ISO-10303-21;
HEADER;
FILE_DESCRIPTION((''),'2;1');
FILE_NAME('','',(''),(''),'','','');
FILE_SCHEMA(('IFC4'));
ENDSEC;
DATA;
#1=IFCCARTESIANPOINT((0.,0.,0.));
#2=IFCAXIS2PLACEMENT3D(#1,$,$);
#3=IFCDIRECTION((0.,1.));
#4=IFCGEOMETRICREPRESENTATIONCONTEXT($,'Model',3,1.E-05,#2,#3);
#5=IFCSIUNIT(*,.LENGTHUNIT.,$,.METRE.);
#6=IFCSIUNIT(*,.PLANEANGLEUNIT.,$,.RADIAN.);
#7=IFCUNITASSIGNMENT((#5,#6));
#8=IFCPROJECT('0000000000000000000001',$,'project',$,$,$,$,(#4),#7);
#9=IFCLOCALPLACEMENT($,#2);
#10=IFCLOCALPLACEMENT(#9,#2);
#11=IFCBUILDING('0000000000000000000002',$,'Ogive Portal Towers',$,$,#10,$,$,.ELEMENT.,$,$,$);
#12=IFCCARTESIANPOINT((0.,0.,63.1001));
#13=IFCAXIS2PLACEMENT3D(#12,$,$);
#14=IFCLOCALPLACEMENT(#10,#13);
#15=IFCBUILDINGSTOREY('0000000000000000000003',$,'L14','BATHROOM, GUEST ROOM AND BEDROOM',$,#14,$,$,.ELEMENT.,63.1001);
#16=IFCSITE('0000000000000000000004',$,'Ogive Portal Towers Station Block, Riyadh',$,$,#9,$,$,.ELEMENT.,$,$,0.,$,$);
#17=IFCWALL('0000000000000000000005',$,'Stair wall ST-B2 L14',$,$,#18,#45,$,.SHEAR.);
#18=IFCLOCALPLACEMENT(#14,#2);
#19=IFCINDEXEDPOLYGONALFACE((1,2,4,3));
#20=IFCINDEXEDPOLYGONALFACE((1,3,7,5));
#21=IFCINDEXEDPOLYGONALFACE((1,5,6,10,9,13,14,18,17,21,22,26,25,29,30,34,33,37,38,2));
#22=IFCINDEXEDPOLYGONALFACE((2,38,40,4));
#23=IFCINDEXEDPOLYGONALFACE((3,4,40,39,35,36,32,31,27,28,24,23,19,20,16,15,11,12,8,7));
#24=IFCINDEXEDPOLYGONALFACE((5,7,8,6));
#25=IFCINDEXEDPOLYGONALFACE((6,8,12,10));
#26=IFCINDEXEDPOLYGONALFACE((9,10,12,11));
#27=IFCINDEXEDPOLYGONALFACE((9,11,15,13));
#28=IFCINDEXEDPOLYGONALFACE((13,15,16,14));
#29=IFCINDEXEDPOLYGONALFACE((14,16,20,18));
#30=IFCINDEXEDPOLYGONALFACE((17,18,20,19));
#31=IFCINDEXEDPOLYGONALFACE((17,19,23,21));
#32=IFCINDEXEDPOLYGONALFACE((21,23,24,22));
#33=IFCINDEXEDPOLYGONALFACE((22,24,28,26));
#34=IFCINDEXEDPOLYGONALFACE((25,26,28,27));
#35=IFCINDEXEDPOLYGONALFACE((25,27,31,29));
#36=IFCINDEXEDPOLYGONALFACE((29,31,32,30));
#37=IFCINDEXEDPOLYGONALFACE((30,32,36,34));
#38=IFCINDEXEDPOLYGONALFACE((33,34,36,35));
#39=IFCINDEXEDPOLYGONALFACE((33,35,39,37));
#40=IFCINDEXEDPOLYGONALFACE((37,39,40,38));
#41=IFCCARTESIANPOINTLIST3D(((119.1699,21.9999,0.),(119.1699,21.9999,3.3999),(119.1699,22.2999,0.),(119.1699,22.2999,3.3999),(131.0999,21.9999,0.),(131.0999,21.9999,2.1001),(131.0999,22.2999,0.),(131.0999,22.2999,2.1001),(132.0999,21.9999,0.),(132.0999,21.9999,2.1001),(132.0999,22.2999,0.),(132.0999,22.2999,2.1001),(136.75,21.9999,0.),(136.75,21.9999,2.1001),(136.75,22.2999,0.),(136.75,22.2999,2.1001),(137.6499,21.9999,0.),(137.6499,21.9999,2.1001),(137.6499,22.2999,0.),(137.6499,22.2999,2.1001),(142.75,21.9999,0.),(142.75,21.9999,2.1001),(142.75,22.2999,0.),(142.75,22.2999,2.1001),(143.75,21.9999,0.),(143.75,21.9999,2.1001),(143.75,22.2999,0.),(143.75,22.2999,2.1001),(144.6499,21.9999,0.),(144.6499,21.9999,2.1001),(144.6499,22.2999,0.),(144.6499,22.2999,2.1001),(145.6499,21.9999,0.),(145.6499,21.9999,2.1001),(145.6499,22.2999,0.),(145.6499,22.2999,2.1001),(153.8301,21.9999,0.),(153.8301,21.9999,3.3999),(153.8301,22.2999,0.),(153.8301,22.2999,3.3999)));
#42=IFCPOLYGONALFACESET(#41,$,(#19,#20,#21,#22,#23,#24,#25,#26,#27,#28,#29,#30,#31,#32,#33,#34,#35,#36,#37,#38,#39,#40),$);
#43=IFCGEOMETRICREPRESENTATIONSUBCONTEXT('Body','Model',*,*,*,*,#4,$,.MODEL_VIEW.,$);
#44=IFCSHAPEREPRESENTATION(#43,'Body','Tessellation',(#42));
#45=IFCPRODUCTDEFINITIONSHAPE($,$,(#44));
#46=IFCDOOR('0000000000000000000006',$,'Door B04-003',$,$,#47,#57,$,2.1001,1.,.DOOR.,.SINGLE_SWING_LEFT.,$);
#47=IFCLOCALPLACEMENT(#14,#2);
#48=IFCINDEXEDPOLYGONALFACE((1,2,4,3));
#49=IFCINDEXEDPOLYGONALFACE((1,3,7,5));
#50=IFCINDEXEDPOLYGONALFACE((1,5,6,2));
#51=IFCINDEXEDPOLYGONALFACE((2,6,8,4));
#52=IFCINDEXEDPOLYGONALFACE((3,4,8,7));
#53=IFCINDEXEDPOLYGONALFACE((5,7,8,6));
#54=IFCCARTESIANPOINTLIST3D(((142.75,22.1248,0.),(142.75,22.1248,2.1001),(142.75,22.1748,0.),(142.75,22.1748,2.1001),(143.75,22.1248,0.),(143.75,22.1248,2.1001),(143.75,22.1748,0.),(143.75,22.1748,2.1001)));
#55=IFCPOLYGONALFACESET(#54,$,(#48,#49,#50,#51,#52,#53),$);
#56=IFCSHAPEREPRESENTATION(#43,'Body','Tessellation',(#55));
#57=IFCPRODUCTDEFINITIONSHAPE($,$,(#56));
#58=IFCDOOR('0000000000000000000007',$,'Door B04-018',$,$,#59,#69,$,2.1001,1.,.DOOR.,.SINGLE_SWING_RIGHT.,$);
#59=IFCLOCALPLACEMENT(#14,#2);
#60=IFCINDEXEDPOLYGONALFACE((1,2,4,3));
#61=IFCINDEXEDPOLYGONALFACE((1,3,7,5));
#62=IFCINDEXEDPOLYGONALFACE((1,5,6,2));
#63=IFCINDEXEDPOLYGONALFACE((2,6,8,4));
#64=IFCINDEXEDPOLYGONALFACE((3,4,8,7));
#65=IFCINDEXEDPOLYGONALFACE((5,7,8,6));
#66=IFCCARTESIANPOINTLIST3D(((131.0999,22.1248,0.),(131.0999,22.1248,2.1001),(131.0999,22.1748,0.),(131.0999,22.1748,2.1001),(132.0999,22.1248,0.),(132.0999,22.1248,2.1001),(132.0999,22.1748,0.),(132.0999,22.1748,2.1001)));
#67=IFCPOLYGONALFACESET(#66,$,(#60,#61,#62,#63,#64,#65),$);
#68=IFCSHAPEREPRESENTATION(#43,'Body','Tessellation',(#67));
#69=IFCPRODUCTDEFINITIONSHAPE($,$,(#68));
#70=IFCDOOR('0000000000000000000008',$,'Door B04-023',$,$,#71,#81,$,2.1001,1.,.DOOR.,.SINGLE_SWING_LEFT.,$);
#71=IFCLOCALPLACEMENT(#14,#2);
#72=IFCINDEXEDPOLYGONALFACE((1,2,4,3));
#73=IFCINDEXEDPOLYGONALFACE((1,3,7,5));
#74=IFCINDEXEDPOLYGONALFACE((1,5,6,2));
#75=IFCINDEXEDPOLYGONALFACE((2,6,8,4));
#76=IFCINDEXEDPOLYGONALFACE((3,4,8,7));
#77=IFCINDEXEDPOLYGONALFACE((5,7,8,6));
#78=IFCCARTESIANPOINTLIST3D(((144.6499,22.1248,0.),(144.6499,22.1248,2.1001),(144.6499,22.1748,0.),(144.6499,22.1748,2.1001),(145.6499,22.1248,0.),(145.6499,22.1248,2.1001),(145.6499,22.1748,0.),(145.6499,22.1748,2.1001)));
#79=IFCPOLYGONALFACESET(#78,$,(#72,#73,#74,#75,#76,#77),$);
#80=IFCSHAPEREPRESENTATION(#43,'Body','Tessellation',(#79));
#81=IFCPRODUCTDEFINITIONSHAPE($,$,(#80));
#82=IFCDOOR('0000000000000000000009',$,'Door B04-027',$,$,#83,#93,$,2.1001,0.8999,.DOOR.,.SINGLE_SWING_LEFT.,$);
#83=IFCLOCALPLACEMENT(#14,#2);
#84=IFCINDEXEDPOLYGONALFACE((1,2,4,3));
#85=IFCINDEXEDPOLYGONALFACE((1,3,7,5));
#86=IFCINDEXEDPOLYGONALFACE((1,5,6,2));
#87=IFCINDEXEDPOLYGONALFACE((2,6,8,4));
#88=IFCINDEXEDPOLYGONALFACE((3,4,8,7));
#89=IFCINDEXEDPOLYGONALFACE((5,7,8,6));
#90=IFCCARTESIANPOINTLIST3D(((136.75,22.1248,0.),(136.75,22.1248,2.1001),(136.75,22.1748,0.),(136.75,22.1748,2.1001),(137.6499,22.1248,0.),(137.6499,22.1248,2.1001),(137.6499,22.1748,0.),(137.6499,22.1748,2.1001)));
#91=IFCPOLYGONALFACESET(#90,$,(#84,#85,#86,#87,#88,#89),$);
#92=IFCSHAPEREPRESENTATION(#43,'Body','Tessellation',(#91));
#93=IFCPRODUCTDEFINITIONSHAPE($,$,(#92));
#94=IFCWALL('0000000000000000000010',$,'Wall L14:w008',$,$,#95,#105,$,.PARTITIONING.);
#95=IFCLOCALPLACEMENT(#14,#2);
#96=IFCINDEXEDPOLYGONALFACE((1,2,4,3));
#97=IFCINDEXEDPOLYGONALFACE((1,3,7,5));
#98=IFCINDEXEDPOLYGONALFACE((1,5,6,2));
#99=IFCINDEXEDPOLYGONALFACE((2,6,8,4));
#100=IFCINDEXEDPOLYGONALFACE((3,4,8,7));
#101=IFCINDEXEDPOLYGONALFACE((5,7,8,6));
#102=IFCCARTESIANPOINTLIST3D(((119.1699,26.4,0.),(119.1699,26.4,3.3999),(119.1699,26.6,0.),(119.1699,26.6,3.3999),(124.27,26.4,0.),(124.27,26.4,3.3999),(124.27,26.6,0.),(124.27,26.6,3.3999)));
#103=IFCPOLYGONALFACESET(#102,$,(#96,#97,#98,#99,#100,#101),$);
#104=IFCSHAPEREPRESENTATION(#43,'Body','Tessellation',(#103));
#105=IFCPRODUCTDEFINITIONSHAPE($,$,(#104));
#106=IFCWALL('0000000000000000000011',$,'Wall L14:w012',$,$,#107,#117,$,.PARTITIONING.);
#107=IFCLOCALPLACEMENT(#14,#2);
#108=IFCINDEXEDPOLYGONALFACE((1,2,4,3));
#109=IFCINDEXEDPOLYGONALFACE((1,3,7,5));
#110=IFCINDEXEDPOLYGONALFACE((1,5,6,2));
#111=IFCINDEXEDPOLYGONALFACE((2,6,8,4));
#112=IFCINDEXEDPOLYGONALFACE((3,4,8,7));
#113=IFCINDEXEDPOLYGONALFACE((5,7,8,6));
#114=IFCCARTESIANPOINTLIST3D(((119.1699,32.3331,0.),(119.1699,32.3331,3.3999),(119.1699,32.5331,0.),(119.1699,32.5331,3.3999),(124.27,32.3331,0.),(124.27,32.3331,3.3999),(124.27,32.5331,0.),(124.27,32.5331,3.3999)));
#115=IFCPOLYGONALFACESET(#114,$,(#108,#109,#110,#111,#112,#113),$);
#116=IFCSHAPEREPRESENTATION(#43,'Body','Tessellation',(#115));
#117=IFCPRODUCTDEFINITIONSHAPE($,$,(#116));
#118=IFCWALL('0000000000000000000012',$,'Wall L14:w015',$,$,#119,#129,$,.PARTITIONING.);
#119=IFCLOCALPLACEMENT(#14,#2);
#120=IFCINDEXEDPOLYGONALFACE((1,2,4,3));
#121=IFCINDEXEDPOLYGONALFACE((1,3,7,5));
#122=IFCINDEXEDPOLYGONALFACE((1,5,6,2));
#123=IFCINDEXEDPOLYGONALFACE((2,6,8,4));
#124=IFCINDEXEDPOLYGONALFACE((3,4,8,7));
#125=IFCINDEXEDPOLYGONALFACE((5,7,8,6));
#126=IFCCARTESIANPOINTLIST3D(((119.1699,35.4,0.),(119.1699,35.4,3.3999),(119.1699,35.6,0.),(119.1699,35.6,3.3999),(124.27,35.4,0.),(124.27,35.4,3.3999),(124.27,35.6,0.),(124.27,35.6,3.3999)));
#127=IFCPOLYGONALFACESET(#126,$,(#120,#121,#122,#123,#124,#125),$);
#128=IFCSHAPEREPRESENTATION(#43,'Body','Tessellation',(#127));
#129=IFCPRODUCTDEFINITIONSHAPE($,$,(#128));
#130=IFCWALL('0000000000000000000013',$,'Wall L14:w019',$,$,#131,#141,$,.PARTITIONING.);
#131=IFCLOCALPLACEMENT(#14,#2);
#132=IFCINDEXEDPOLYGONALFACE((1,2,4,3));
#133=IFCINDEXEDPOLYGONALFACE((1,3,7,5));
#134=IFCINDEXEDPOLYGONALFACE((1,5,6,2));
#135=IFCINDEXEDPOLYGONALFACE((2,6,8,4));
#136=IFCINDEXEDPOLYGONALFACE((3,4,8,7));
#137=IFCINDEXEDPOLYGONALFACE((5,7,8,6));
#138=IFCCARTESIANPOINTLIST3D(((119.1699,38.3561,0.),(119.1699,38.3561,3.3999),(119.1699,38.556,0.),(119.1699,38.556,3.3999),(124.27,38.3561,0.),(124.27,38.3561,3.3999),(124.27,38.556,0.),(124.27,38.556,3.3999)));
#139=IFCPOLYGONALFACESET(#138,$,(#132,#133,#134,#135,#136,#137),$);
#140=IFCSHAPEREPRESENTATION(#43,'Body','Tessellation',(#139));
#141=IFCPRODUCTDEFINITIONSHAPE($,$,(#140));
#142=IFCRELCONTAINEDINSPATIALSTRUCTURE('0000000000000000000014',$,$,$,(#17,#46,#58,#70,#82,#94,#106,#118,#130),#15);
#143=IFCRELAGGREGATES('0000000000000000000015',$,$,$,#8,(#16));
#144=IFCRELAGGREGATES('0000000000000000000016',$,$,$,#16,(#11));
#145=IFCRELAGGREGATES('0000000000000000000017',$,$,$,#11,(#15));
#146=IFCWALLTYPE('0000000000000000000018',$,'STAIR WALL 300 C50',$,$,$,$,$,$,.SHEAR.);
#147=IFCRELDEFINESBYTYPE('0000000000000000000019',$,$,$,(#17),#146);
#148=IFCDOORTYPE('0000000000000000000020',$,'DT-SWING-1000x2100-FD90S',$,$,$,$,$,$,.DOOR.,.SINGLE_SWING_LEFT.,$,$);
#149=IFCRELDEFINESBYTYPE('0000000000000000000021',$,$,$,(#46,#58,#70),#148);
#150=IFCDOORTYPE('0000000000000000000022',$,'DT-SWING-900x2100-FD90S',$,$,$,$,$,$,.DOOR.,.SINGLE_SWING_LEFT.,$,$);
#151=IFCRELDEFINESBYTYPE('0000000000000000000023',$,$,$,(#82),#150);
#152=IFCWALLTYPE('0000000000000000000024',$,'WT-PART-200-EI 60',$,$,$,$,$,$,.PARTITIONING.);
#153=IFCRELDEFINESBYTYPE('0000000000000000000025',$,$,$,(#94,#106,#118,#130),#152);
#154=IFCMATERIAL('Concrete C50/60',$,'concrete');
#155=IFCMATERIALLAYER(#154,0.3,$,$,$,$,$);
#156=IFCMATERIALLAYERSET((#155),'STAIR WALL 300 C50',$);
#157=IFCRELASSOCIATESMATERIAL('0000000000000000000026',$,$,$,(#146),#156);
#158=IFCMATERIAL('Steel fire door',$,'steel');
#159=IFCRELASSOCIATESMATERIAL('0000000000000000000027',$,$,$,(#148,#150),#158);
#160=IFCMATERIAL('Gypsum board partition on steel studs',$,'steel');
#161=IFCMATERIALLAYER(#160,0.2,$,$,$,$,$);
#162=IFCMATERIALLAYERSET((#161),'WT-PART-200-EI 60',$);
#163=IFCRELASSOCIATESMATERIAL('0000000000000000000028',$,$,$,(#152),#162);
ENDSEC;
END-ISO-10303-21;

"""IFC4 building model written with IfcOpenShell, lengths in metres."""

from ifc_helpers import new_model, si_unit, direction, frame, frame_2d, origin, place, context, subcontext, project, spatial, rectangle, extrude, material, layer, layer_set, type_object, element, fill, save


model = new_model("IFC4")

# Units and contexts
model_context = context("Model", 3, precision=1e-05, world=origin(), true_north=direction((0.0, 1.0)))
body_context = subcontext(model_context, "Body", "Model", "MODEL_VIEW")
ifc_project = project(units=[si_unit("LENGTHUNIT", "METRE"), si_unit("PLANEANGLEUNIT", "RADIAN")], contexts=[model_context])

# Site, building, storey
site_placement = place(None, origin())
site = spatial("IfcSite", under=ifc_project, at=site_placement, Name="Ogive Portal Towers Station Block, Riyadh", CompositionType="ELEMENT", RefElevation=0.0)
building_placement = place(site_placement, origin())
building = spatial("IfcBuilding", under=site, at=building_placement, Name="Ogive Portal Towers", CompositionType="ELEMENT")
storey_placement = place(building_placement, frame((0.0, 0.0, 63.1001)))
storey = spatial("IfcBuildingStorey", under=building, at=storey_placement, Name="L14", Description="BATHROOM, GUEST ROOM AND BEDROOM", CompositionType="ELEMENT", Elevation=63.1001)

# Wall, openings, doors
ifc_material_1 = material(Name="Concrete C50/60", Category="concrete")
ifc_layer_1 = layer(ifc_material_1, 0.3)
ifc_layer_set_1 = layer_set([ifc_layer_1], Name="STAIR WALL 300 C50")
wall_type_1 = type_object("IfcWallType", Name="STAIR WALL 300 C50", PredefinedType="SHEAR", material=ifc_layer_set_1)
wall_1_placement = place(storey_placement, frame((119.1699, 22.1499, 0.0), z_axis=(0.0, 0.0, 1.0), x_axis=(1.0, 0.0, 0.0)))
wall_1 = element("IfcWall", 1, at=wall_1_placement, inside=storey, type_object=wall_type_1, Name="Stair wall ST-B2 L14", PredefinedType="SHEAR", context=body_context, shape_type="SweptSolid", body=[
    extrude(rectangle(XDim=34.6602, YDim=0.3, at=frame_2d((17.3301, 0.0))), origin(), (0.0, 0.0, 1.0), 3.3999),
])
opening_1_placement = place(wall_1_placement, frame((23.5801, 0.0, 0.0)))
opening_1 = element("IfcOpeningElement", 2, at=opening_1_placement, cuts=wall_1, PredefinedType="OPENING", context=body_context, shape_type="SweptSolid", body=[
    extrude(rectangle(XDim=1.0, YDim=2.1001, at=frame_2d((0.5, 1.05))), frame((0.0, 0.1602, 0.0), z_axis=(0.0, -1.0, 0.0), x_axis=(1.0, 0.0, 0.0)), (0.0, 0.0, 1.0), 0.3201),
])
opening_2_placement = place(wall_1_placement, frame((11.9299, 0.0, 0.0)))
opening_2 = element("IfcOpeningElement", 3, at=opening_2_placement, cuts=wall_1, PredefinedType="OPENING", context=body_context, shape_type="SweptSolid", body=[
    extrude(rectangle(XDim=1.0, YDim=2.1001, at=frame_2d((0.5, 1.05))), frame((0.0, 0.1602, 0.0), z_axis=(0.0, -1.0, 0.0), x_axis=(1.0, 0.0, 0.0)), (0.0, 0.0, 1.0), 0.3201),
])
opening_3_placement = place(wall_1_placement, frame((25.48, 0.0, 0.0)))
opening_3 = element("IfcOpeningElement", 4, at=opening_3_placement, cuts=wall_1, PredefinedType="OPENING", context=body_context, shape_type="SweptSolid", body=[
    extrude(rectangle(XDim=1.0, YDim=2.1001, at=frame_2d((0.5, 1.05))), frame((0.0, 0.1602, 0.0), z_axis=(0.0, -1.0, 0.0), x_axis=(1.0, 0.0, 0.0)), (0.0, 0.0, 1.0), 0.3201),
])
opening_4_placement = place(wall_1_placement, frame((17.5801, 0.0, 0.0)))
opening_4 = element("IfcOpeningElement", 5, at=opening_4_placement, cuts=wall_1, PredefinedType="OPENING", context=body_context, shape_type="SweptSolid", body=[
    extrude(rectangle(XDim=0.8999, YDim=2.1001, at=frame_2d((0.45, 1.05))), frame((0.0, 0.1602, 0.0), z_axis=(0.0, -1.0, 0.0), x_axis=(1.0, 0.0, 0.0)), (0.0, 0.0, 1.0), 0.3201),
])
ifc_material_2 = material(Name="Steel fire door", Category="steel")
door_type_1 = type_object("IfcDoorType", Name="DT-SWING-1000x2100-FD90S", OperationType="SINGLE_SWING_LEFT", PredefinedType="DOOR", material=ifc_material_2)
door_1_placement = place(opening_1_placement, origin())
door_1 = element("IfcDoor", 6, at=door_1_placement, inside=storey, type_object=door_type_1, Name="Door B04-003", OperationType="SINGLE_SWING_LEFT", OverallHeight=2.1001, OverallWidth=1.0, PredefinedType="DOOR", context=body_context, shape_type="SweptSolid", body=[
    extrude(rectangle(XDim=1.0, YDim=2.1001, at=frame_2d((0.5, 1.05))), frame((0.0, 0.0249, 0.0), z_axis=(0.0, -1.0, 0.0), x_axis=(1.0, 0.0, 0.0)), (0.0, 0.0, 1.0), 0.05),
])
fill(opening_1, door_1)
door_2_placement = place(opening_2_placement, origin())
door_2 = element("IfcDoor", 7, at=door_2_placement, inside=storey, type_object=door_type_1, Name="Door B04-018", OperationType="SINGLE_SWING_RIGHT", OverallHeight=2.1001, OverallWidth=1.0, PredefinedType="DOOR", context=body_context, shape_type="SweptSolid", body=[
    extrude(rectangle(XDim=1.0, YDim=2.1001, at=frame_2d((0.5, 1.05))), frame((0.0, 0.0249, 0.0), z_axis=(0.0, -1.0, 0.0), x_axis=(1.0, 0.0, 0.0)), (0.0, 0.0, 1.0), 0.05),
])
fill(opening_2, door_2)
door_3_placement = place(opening_3_placement, origin())
door_3 = element("IfcDoor", 8, at=door_3_placement, inside=storey, type_object=door_type_1, Name="Door B04-023", OperationType="SINGLE_SWING_LEFT", OverallHeight=2.1001, OverallWidth=1.0, PredefinedType="DOOR", context=body_context, shape_type="SweptSolid", body=[
    extrude(rectangle(XDim=1.0, YDim=2.1001, at=frame_2d((0.5, 1.05))), frame((0.0, 0.0249, 0.0), z_axis=(0.0, -1.0, 0.0), x_axis=(1.0, 0.0, 0.0)), (0.0, 0.0, 1.0), 0.05),
])
fill(opening_3, door_3)
door_type_2 = type_object("IfcDoorType", Name="DT-SWING-900x2100-FD90S", OperationType="SINGLE_SWING_LEFT", PredefinedType="DOOR", material=ifc_material_2)
door_4_placement = place(opening_4_placement, origin())
door_4 = element("IfcDoor", 9, at=door_4_placement, inside=storey, type_object=door_type_2, Name="Door B04-027", OperationType="SINGLE_SWING_LEFT", OverallHeight=2.1001, OverallWidth=0.8999, PredefinedType="DOOR", context=body_context, shape_type="SweptSolid", body=[
    extrude(rectangle(XDim=0.8999, YDim=2.1001, at=frame_2d((0.45, 1.05))), frame((0.0, 0.0249, 0.0), z_axis=(0.0, -1.0, 0.0), x_axis=(1.0, 0.0, 0.0)), (0.0, 0.0, 1.0), 0.05),
])
fill(opening_4, door_4)

# Walls
ifc_material_3 = material(Name="Gypsum board partition on steel studs", Category="steel")
ifc_layer_2 = layer(ifc_material_3, 0.2)
ifc_layer_set_2 = layer_set([ifc_layer_2], Name="WT-PART-200-EI 60")
wall_type_2 = type_object("IfcWallType", Name="WT-PART-200-EI 60", PredefinedType="PARTITIONING", material=ifc_layer_set_2)
for number, where, z_axis, x_axis, name in (
    (10, (119.1699, 26.5, 0.0), (0.0, 0.0, 1.0), (1.0, 0.0, 0.0), "Wall L14:w008"),
    (11, (119.1699, 32.4331, 0.0), (0.0, 0.0, 1.0), (1.0, 0.0, 0.0), "Wall L14:w012"),
    (12, (119.1699, 35.5, 0.0), (0.0, 0.0, 1.0), (1.0, 0.0, 0.0), "Wall L14:w015"),
    (13, (119.1699, 38.4561, 0.0), (0.0, 0.0, 1.0), (1.0, 0.0, 0.0), "Wall L14:w019"),
):
    element("IfcWall", number, at=place(storey_placement, frame(where, z_axis=z_axis, x_axis=x_axis)), inside=storey, type_object=wall_type_2, Name=name, PredefinedType="PARTITIONING", context=body_context, shape_type="SweptSolid", body=[
        extrude(rectangle(XDim=5.1001, YDim=0.2, at=frame_2d((2.55, 0.0))), origin(), (0.0, 0.0, 1.0), 3.3999),
    ])

save(model, "model.ifc")
